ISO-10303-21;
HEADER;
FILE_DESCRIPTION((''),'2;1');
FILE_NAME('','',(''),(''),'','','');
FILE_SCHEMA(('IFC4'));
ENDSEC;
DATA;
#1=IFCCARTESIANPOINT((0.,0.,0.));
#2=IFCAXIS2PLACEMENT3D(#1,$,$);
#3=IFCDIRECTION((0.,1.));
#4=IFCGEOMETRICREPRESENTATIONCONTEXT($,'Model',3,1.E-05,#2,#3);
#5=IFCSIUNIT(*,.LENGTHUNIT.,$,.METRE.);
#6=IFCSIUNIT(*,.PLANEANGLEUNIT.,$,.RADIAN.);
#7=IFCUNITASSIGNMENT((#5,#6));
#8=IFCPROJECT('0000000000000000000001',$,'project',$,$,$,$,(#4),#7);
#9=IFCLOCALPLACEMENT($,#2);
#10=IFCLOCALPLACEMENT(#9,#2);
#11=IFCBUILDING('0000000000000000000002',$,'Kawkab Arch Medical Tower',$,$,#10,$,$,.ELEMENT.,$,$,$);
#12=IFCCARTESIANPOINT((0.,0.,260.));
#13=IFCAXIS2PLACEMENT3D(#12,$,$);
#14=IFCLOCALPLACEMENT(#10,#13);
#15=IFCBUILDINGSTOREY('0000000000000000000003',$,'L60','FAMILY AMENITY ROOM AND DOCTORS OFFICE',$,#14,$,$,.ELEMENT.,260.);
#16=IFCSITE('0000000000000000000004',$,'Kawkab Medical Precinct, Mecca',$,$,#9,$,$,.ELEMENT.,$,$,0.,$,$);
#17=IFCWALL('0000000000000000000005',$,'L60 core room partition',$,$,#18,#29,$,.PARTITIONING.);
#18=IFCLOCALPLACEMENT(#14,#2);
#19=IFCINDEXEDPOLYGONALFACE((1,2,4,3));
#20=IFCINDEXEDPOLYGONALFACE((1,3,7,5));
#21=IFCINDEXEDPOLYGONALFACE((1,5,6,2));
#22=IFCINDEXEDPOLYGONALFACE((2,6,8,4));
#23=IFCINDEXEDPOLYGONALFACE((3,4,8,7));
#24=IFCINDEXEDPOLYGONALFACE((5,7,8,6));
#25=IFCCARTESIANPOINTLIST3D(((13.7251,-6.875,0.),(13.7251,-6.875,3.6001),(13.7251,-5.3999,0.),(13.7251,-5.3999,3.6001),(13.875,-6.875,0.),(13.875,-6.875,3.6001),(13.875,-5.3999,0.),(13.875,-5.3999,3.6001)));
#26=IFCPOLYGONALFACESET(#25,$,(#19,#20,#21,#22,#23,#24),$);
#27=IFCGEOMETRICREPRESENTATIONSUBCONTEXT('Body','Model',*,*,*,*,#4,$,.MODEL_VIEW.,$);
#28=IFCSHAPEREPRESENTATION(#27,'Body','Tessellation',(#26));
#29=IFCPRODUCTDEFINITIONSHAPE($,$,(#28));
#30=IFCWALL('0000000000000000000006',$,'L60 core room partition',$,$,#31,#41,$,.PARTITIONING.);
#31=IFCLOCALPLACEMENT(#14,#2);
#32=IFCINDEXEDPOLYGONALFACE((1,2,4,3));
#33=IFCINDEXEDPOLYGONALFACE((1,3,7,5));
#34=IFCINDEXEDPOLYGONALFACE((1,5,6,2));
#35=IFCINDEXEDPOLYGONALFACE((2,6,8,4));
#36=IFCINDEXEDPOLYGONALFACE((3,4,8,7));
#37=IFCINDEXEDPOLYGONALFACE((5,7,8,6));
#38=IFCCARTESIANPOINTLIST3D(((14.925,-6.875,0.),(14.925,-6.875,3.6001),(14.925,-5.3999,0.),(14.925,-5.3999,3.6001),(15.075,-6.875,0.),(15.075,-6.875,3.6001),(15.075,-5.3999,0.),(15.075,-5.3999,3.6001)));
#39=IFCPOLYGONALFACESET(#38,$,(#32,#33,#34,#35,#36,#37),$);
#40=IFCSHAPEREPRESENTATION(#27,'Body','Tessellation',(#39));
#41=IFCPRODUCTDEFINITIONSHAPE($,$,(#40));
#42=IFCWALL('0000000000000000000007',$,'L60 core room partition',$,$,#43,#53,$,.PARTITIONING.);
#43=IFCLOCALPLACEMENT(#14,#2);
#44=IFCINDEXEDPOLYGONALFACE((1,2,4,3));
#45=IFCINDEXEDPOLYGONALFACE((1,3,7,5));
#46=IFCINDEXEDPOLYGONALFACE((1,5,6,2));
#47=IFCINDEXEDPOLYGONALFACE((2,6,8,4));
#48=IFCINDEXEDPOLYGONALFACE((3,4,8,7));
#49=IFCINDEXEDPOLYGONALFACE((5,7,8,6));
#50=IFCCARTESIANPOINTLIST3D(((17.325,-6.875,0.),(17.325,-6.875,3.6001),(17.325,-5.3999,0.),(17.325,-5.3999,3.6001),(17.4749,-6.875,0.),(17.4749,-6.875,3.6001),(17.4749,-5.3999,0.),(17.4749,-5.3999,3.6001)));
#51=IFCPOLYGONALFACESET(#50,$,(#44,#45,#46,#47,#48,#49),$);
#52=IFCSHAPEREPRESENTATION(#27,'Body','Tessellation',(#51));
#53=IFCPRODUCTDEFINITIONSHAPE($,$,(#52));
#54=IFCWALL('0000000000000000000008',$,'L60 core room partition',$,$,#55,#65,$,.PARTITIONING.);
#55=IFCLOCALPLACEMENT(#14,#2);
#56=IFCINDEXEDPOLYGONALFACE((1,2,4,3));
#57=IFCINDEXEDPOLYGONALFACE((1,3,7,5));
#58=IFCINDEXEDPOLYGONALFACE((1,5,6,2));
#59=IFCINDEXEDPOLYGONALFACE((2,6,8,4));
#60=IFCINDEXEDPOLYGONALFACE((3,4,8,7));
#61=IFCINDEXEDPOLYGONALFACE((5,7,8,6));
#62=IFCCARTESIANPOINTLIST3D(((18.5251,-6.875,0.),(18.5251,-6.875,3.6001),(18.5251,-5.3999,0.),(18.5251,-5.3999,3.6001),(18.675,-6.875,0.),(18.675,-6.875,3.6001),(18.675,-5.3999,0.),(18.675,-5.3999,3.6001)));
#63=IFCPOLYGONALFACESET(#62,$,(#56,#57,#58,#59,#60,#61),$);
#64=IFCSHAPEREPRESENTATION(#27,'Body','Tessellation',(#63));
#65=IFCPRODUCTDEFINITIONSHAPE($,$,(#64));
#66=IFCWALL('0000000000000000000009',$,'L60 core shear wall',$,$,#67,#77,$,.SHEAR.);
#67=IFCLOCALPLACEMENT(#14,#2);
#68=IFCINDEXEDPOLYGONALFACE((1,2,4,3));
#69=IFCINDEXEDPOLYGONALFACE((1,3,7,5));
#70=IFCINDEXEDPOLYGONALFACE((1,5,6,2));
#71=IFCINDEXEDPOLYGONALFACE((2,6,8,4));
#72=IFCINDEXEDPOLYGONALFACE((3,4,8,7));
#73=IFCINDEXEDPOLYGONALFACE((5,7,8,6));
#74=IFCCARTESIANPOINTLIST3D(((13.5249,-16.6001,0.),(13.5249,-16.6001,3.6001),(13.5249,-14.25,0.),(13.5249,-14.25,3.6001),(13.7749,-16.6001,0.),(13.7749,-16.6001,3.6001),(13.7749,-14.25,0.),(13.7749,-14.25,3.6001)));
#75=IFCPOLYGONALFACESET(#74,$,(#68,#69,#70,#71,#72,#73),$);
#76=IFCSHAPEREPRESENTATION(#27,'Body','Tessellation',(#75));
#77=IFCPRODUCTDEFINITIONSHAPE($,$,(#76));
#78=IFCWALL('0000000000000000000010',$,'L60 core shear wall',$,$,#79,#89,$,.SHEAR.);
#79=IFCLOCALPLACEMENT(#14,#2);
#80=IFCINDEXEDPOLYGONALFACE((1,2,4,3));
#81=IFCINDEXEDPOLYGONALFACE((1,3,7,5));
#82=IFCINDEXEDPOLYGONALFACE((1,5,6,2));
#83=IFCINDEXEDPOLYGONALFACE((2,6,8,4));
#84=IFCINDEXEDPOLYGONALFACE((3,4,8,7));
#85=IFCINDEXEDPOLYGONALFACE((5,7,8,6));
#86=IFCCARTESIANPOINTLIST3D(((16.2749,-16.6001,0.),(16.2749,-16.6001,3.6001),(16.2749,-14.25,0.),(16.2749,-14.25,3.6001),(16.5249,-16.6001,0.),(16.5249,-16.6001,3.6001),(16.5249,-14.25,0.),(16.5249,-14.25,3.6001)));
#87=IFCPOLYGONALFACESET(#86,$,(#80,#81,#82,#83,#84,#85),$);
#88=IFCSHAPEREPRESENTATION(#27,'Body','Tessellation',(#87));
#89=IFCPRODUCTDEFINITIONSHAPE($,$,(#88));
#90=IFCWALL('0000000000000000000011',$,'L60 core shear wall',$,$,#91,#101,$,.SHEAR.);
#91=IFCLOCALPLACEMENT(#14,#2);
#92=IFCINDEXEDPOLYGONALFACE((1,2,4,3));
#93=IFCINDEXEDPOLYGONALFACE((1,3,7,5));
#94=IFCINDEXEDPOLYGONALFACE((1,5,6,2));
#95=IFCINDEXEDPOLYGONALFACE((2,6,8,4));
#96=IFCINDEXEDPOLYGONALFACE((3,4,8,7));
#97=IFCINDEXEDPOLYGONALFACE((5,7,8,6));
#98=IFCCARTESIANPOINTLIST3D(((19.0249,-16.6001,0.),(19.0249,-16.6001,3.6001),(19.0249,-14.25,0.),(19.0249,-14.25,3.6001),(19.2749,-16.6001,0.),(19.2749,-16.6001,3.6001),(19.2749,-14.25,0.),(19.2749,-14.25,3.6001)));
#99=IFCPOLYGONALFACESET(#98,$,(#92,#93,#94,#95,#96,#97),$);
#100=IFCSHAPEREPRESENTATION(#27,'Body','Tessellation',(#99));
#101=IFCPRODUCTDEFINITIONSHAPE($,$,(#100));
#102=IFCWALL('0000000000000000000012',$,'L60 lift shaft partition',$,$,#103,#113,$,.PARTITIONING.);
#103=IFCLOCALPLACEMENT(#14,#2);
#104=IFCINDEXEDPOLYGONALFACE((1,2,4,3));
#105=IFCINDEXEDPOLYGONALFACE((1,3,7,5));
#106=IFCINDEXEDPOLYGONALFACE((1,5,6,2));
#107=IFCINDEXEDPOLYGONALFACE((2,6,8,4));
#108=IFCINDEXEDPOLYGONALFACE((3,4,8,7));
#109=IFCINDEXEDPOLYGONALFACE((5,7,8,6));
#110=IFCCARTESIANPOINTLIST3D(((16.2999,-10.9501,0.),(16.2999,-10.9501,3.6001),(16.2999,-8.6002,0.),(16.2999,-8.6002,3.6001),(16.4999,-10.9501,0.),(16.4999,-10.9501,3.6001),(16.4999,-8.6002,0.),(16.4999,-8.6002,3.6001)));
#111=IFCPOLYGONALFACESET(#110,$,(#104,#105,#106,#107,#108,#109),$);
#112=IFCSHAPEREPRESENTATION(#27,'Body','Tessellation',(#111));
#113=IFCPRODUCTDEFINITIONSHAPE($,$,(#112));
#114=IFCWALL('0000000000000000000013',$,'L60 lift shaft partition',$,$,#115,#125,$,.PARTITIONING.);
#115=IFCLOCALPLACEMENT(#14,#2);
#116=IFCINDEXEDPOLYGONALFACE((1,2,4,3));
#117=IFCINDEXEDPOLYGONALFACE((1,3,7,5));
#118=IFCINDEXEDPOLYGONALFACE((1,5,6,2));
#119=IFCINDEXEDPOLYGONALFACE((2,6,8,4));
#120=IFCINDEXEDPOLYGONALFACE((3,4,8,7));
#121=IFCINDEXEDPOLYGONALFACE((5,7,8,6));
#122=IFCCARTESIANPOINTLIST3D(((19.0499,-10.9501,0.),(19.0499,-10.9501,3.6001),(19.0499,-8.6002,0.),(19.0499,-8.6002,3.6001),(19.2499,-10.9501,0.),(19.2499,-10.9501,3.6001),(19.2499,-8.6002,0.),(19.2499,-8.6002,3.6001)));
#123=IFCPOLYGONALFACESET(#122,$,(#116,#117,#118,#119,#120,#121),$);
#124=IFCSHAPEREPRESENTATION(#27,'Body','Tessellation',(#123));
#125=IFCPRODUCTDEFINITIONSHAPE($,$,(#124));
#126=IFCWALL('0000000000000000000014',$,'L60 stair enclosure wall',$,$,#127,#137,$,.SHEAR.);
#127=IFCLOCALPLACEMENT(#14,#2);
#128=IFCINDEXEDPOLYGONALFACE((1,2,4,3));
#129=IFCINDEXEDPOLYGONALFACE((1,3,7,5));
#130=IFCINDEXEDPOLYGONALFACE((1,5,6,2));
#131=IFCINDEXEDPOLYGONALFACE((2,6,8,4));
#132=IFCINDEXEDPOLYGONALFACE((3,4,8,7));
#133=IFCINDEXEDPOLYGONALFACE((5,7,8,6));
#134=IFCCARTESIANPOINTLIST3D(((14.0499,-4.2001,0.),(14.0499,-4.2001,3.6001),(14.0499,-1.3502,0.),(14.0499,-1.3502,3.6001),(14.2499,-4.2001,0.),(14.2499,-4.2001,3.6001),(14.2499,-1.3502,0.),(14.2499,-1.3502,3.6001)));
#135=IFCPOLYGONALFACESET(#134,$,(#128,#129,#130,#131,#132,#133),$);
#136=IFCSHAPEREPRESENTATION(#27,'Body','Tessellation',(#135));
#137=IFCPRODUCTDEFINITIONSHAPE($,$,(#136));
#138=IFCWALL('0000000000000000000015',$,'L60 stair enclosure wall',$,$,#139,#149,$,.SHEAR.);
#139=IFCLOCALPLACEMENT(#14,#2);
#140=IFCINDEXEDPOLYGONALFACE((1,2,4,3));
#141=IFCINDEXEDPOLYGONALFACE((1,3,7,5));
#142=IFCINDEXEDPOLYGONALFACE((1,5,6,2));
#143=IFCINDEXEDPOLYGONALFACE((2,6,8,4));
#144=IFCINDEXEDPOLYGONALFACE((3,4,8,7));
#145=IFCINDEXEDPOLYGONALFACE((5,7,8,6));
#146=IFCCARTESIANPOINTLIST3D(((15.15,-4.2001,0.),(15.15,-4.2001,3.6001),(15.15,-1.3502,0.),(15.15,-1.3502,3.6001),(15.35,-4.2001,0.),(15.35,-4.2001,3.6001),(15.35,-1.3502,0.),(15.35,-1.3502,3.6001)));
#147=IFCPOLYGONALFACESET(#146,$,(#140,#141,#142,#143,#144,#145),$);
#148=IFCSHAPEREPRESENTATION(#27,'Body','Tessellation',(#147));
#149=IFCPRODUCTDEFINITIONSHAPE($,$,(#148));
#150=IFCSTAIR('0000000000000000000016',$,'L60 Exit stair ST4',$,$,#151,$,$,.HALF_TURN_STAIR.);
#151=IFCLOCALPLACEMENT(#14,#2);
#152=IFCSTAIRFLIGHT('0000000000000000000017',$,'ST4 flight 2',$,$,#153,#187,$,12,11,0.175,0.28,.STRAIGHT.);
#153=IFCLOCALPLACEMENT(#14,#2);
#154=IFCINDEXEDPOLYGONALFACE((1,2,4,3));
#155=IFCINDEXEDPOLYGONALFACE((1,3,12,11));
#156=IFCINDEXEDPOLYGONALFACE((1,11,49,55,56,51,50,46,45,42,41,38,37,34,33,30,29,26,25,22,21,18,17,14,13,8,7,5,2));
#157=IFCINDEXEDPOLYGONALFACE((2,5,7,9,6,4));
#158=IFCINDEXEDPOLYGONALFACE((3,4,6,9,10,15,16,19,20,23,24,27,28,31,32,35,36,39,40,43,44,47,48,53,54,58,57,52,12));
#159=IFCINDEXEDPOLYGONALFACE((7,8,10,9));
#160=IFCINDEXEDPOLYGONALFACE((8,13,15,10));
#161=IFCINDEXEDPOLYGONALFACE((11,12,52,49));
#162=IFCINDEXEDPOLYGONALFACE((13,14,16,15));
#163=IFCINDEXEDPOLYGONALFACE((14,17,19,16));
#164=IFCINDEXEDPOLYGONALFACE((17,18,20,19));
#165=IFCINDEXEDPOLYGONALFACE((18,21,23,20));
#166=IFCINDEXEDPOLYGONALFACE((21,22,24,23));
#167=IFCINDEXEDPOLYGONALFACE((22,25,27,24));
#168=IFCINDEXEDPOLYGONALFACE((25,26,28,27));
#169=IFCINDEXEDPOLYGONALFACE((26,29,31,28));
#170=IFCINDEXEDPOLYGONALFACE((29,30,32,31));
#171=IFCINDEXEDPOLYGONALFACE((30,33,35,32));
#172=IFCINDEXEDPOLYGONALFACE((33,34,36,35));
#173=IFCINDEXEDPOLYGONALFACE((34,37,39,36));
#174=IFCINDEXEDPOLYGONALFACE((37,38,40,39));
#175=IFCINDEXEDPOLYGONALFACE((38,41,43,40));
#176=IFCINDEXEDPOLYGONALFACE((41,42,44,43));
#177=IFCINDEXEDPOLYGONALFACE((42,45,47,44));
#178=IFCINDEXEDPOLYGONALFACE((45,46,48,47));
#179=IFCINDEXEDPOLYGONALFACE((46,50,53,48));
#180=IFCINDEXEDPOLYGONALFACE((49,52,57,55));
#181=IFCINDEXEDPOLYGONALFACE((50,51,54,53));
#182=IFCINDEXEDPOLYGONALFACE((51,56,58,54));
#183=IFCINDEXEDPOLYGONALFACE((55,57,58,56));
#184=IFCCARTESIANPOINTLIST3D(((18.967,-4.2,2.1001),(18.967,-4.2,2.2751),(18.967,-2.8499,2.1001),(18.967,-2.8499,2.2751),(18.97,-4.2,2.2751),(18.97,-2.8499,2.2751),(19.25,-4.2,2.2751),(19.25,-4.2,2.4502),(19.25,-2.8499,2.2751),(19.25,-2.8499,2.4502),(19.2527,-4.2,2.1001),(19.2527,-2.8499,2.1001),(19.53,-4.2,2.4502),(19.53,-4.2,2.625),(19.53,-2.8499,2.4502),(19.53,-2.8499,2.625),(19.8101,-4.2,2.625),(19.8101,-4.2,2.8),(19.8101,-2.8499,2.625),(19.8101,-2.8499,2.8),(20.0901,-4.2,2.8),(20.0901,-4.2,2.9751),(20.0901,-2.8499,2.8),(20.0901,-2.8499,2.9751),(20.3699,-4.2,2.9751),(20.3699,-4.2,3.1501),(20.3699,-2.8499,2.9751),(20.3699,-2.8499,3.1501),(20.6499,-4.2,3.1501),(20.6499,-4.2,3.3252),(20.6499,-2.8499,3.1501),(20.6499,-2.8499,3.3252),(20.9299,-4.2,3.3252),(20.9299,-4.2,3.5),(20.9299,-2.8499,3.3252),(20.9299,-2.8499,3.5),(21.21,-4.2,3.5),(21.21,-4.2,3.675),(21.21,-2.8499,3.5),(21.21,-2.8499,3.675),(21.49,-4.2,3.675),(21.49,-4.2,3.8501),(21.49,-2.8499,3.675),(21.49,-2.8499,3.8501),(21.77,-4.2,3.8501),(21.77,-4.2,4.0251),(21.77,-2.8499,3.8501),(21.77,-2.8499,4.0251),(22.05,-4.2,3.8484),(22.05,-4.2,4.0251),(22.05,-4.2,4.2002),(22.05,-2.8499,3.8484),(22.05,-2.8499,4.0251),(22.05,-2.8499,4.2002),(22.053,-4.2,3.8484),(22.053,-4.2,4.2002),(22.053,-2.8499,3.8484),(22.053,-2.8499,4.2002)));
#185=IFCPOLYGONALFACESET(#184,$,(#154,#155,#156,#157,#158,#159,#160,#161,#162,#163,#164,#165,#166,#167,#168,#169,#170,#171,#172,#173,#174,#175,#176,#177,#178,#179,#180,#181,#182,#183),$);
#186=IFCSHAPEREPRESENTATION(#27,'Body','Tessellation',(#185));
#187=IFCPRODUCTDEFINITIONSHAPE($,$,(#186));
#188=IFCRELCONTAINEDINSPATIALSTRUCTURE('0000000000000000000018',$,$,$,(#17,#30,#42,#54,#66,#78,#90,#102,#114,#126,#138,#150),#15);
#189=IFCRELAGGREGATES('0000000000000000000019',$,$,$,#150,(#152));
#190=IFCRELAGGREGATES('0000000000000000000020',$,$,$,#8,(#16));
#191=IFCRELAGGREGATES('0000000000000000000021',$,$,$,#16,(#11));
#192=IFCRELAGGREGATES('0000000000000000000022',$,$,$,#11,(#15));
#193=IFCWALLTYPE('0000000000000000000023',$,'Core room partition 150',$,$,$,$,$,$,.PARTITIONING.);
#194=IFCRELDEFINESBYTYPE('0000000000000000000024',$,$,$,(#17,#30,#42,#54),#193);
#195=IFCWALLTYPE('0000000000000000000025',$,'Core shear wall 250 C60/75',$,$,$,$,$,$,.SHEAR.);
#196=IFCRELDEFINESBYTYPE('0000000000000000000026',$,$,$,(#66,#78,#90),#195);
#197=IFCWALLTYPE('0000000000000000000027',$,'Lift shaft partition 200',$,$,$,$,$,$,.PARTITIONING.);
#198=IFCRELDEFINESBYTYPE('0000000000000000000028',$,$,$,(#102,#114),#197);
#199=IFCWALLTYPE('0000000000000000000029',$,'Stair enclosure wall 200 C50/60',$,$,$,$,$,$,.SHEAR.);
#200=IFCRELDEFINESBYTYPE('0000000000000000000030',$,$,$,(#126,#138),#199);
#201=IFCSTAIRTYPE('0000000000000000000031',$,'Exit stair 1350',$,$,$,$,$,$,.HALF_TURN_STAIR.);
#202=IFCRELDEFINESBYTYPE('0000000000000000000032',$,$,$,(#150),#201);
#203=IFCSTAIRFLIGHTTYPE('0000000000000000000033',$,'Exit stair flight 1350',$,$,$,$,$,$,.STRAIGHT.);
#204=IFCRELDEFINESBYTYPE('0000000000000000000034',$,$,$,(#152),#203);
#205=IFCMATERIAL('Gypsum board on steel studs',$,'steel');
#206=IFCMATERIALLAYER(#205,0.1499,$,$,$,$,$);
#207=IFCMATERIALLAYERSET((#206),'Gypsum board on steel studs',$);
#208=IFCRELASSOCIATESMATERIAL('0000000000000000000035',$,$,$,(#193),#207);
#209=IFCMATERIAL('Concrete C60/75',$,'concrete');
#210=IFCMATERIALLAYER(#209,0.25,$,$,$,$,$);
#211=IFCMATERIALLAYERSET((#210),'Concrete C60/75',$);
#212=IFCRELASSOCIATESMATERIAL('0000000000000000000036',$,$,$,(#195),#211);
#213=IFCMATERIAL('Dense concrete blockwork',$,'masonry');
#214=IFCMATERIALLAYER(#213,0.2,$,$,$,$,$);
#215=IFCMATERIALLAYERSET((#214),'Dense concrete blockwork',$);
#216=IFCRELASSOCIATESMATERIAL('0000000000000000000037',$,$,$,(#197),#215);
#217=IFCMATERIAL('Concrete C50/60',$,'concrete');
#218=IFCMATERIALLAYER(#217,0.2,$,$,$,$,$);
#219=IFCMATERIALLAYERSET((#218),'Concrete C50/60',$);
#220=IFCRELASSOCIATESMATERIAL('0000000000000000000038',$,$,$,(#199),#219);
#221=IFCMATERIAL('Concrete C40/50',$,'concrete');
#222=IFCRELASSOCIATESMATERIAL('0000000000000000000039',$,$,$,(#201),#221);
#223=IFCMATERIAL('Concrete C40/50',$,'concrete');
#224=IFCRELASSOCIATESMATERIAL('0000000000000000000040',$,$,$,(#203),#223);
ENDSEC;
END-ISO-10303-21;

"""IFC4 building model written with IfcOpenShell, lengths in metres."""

from ifc_helpers import new_model, si_unit, direction, frame, frame_2d, origin, place, context, subcontext, project, spatial, polyline, rectangle, outline, extrude, material, layer, layer_set, type_object, element, aggregate, save


model = new_model("IFC4")

# Units and contexts
model_context = context("Model", 3, precision=1e-05, world=origin(), true_north=direction((0.0, 1.0)))
body_context = subcontext(model_context, "Body", "Model", "MODEL_VIEW")
ifc_project = project(units=[si_unit("LENGTHUNIT", "METRE"), si_unit("PLANEANGLEUNIT", "RADIAN")], contexts=[model_context])

# Site, building, storey
site_placement = place(None, origin())
site = spatial("IfcSite", under=ifc_project, at=site_placement, Name="Kawkab Medical Precinct, Mecca", CompositionType="ELEMENT", RefElevation=0.0)
building_placement = place(site_placement, origin())
building = spatial("IfcBuilding", under=site, at=building_placement, Name="Kawkab Arch Medical Tower", CompositionType="ELEMENT")
storey_placement = place(building_placement, frame((0.0, 0.0, 260.0)))
storey = spatial("IfcBuildingStorey", under=building, at=storey_placement, Name="L60", Description="FAMILY AMENITY ROOM AND DOCTORS OFFICE", CompositionType="ELEMENT", Elevation=260.0)

# Walls
ifc_material_1 = material(Name="Gypsum board on steel studs", Category="steel")
ifc_layer_1 = layer(ifc_material_1, 0.1499)
ifc_layer_set_1 = layer_set([ifc_layer_1], Name="Gypsum board on steel studs")
wall_type_1 = type_object("IfcWallType", Name="Core room partition 150", PredefinedType="PARTITIONING", material=ifc_layer_set_1)
for number, where, z_axis, x_axis, name in (
    (1, (13.8, -6.875, 0.0), (0.0, 0.0, 1.0), (0.0, 1.0, 0.0), "L60 core room partition"),
    (2, (15.0, -6.875, 0.0), (0.0, 0.0, 1.0), (0.0, 1.0, 0.0), "L60 core room partition"),
    (3, (17.3999, -6.875, 0.0), (0.0, 0.0, 1.0), (0.0, 1.0, 0.0), "L60 core room partition"),
    (4, (18.6001, -6.875, 0.0), (0.0, 0.0, 1.0), (0.0, 1.0, 0.0), "L60 core room partition"),
):
    element("IfcWall", number, at=place(storey_placement, frame(where, z_axis=z_axis, x_axis=x_axis)), inside=storey, type_object=wall_type_1, Name=name, PredefinedType="PARTITIONING", context=body_context, shape_type="SweptSolid", body=[
        extrude(rectangle(XDim=1.4751, YDim=0.1499, at=frame_2d((0.7375, 0.0))), origin(), (0.0, 0.0, 1.0), 3.6001),
    ])
ifc_material_2 = material(Name="Concrete C60/75", Category="concrete")
ifc_layer_2 = layer(ifc_material_2, 0.25)
ifc_layer_set_2 = layer_set([ifc_layer_2], Name="Concrete C60/75")
wall_type_2 = type_object("IfcWallType", Name="Core shear wall 250 C60/75", PredefinedType="SHEAR", material=ifc_layer_set_2)
for number, where, z_axis, x_axis, name in (
    (5, (13.6499, -16.6001, 0.0), (0.0, 0.0, 1.0), (0.0, 1.0, 0.0), "L60 core shear wall"),
    (6, (16.3999, -16.6001, 0.0), (0.0, 0.0, 1.0), (0.0, 1.0, 0.0), "L60 core shear wall"),
    (7, (19.1499, -16.6001, 0.0), (0.0, 0.0, 1.0), (0.0, 1.0, 0.0), "L60 core shear wall"),
):
    element("IfcWall", number, at=place(storey_placement, frame(where, z_axis=z_axis, x_axis=x_axis)), inside=storey, type_object=wall_type_2, Name=name, PredefinedType="SHEAR", context=body_context, shape_type="SweptSolid", body=[
        extrude(rectangle(XDim=2.3501, YDim=0.25, at=frame_2d((1.175, 0.0))), origin(), (0.0, 0.0, 1.0), 3.6001),
    ])
ifc_material_3 = material(Name="Dense concrete blockwork", Category="masonry")
ifc_layer_3 = layer(ifc_material_3, 0.2)
ifc_layer_set_3 = layer_set([ifc_layer_3], Name="Dense concrete blockwork")
wall_type_3 = type_object("IfcWallType", Name="Lift shaft partition 200", PredefinedType="PARTITIONING", material=ifc_layer_set_3)
for number, where, z_axis, x_axis, name in (
    (8, (16.3999, -10.95, 0.0), (0.0, 0.0, 1.0), (0.0, 1.0, 0.0), "L60 lift shaft partition"),
    (9, (19.1499, -10.95, 0.0), (0.0, 0.0, 1.0), (0.0, 1.0, 0.0), "L60 lift shaft partition"),
):
    element("IfcWall", number, at=place(storey_placement, frame(where, z_axis=z_axis, x_axis=x_axis)), inside=storey, type_object=wall_type_3, Name=name, PredefinedType="PARTITIONING", context=body_context, shape_type="SweptSolid", body=[
        extrude(rectangle(XDim=2.3499, YDim=0.2, at=frame_2d((1.1748, 0.0))), origin(), (0.0, 0.0, 1.0), 3.6001),
    ])
ifc_material_4 = material(Name="Concrete C50/60", Category="concrete")
ifc_layer_4 = layer(ifc_material_4, 0.2)
ifc_layer_set_4 = layer_set([ifc_layer_4], Name="Concrete C50/60")
wall_type_4 = type_object("IfcWallType", Name="Stair enclosure wall 200 C50/60", PredefinedType="SHEAR", material=ifc_layer_set_4)
for number, where, z_axis, x_axis, name in (
    (10, (14.1499, -4.2, 0.0), (0.0, 0.0, 1.0), (0.0, 1.0, 0.0), "L60 stair enclosure wall"),
    (11, (15.25, -4.2, 0.0), (0.0, 0.0, 1.0), (0.0, 1.0, 0.0), "L60 stair enclosure wall"),
):
    element("IfcWall", number, at=place(storey_placement, frame(where, z_axis=z_axis, x_axis=x_axis)), inside=storey, type_object=wall_type_4, Name=name, PredefinedType="SHEAR", context=body_context, shape_type="SweptSolid", body=[
        extrude(rectangle(XDim=2.8499, YDim=0.2, at=frame_2d((1.4248, 0.0))), origin(), (0.0, 0.0, 1.0), 3.6001),
    ])

# Stair, stair flight
ifc_material_5 = material(Name="Concrete C40/50", Category="concrete")
stair_type = type_object("IfcStairType", Name="Exit stair 1350", PredefinedType="HALF_TURN_STAIR", material=ifc_material_5)
stair_placement = place(storey_placement, origin())
stair = element("IfcStair", 12, at=stair_placement, inside=storey, type_object=stair_type, Name="L60 Exit stair ST4", PredefinedType="HALF_TURN_STAIR")
ifc_material_6 = material(Name="Concrete C40/50", Category="concrete")
stair_flight_type = type_object("IfcStairFlightType", Name="Exit stair flight 1350", PredefinedType="STRAIGHT", material=ifc_material_6)
stair_flight_placement = place(storey_placement, frame((18.97, -3.5249, 2.1001), z_axis=(0.0, 0.0, 1.0), x_axis=(1.0, 0.0, 0.0)))
stair_flight = element("IfcStairFlight", 13, at=stair_flight_placement, type_object=stair_flight_type, Name="ST4 flight 2", NumberOfRisers=12, NumberOfTreads=11, PredefinedType="STRAIGHT", RiserHeight=0.175, TreadLength=0.28, context=body_context, shape_type="SweptSolid", body=[
    extrude(outline(polyline([(-0.0029, 0.0), (-0.0029, 0.175), (0.0, 0.175), (0.28, 0.175), (0.28, 0.3501), (0.5601, 0.3501), (0.5601, 0.5249), (0.8401, 0.5249), (0.8401, 0.7), (1.1201, 0.7), (1.1201, 0.875), (1.3999, 0.875), (1.3999, 1.05), (1.6799, 1.05), (1.6799, 1.2251), (1.96, 1.2251), (1.96, 1.3999), (2.24, 1.3999), (2.24, 1.575), (2.52, 1.575), (2.52, 1.75), (2.8, 1.75), (2.8, 1.925), (3.0801, 1.925), (3.0801, 2.1001), (3.083, 2.1001), (3.083, 1.7483), (3.0801, 1.7483), (0.2827, 0.0), (-0.0029, 0.0)])), frame((0.0, 0.675, 0.0), z_axis=(0.0, -1.0, 0.0), x_axis=(1.0, 0.0, 0.0)), (0.0, 0.0, 1.0), 1.3501),
])
aggregate(stair, [stair_flight])

save(model, "model.ifc")
